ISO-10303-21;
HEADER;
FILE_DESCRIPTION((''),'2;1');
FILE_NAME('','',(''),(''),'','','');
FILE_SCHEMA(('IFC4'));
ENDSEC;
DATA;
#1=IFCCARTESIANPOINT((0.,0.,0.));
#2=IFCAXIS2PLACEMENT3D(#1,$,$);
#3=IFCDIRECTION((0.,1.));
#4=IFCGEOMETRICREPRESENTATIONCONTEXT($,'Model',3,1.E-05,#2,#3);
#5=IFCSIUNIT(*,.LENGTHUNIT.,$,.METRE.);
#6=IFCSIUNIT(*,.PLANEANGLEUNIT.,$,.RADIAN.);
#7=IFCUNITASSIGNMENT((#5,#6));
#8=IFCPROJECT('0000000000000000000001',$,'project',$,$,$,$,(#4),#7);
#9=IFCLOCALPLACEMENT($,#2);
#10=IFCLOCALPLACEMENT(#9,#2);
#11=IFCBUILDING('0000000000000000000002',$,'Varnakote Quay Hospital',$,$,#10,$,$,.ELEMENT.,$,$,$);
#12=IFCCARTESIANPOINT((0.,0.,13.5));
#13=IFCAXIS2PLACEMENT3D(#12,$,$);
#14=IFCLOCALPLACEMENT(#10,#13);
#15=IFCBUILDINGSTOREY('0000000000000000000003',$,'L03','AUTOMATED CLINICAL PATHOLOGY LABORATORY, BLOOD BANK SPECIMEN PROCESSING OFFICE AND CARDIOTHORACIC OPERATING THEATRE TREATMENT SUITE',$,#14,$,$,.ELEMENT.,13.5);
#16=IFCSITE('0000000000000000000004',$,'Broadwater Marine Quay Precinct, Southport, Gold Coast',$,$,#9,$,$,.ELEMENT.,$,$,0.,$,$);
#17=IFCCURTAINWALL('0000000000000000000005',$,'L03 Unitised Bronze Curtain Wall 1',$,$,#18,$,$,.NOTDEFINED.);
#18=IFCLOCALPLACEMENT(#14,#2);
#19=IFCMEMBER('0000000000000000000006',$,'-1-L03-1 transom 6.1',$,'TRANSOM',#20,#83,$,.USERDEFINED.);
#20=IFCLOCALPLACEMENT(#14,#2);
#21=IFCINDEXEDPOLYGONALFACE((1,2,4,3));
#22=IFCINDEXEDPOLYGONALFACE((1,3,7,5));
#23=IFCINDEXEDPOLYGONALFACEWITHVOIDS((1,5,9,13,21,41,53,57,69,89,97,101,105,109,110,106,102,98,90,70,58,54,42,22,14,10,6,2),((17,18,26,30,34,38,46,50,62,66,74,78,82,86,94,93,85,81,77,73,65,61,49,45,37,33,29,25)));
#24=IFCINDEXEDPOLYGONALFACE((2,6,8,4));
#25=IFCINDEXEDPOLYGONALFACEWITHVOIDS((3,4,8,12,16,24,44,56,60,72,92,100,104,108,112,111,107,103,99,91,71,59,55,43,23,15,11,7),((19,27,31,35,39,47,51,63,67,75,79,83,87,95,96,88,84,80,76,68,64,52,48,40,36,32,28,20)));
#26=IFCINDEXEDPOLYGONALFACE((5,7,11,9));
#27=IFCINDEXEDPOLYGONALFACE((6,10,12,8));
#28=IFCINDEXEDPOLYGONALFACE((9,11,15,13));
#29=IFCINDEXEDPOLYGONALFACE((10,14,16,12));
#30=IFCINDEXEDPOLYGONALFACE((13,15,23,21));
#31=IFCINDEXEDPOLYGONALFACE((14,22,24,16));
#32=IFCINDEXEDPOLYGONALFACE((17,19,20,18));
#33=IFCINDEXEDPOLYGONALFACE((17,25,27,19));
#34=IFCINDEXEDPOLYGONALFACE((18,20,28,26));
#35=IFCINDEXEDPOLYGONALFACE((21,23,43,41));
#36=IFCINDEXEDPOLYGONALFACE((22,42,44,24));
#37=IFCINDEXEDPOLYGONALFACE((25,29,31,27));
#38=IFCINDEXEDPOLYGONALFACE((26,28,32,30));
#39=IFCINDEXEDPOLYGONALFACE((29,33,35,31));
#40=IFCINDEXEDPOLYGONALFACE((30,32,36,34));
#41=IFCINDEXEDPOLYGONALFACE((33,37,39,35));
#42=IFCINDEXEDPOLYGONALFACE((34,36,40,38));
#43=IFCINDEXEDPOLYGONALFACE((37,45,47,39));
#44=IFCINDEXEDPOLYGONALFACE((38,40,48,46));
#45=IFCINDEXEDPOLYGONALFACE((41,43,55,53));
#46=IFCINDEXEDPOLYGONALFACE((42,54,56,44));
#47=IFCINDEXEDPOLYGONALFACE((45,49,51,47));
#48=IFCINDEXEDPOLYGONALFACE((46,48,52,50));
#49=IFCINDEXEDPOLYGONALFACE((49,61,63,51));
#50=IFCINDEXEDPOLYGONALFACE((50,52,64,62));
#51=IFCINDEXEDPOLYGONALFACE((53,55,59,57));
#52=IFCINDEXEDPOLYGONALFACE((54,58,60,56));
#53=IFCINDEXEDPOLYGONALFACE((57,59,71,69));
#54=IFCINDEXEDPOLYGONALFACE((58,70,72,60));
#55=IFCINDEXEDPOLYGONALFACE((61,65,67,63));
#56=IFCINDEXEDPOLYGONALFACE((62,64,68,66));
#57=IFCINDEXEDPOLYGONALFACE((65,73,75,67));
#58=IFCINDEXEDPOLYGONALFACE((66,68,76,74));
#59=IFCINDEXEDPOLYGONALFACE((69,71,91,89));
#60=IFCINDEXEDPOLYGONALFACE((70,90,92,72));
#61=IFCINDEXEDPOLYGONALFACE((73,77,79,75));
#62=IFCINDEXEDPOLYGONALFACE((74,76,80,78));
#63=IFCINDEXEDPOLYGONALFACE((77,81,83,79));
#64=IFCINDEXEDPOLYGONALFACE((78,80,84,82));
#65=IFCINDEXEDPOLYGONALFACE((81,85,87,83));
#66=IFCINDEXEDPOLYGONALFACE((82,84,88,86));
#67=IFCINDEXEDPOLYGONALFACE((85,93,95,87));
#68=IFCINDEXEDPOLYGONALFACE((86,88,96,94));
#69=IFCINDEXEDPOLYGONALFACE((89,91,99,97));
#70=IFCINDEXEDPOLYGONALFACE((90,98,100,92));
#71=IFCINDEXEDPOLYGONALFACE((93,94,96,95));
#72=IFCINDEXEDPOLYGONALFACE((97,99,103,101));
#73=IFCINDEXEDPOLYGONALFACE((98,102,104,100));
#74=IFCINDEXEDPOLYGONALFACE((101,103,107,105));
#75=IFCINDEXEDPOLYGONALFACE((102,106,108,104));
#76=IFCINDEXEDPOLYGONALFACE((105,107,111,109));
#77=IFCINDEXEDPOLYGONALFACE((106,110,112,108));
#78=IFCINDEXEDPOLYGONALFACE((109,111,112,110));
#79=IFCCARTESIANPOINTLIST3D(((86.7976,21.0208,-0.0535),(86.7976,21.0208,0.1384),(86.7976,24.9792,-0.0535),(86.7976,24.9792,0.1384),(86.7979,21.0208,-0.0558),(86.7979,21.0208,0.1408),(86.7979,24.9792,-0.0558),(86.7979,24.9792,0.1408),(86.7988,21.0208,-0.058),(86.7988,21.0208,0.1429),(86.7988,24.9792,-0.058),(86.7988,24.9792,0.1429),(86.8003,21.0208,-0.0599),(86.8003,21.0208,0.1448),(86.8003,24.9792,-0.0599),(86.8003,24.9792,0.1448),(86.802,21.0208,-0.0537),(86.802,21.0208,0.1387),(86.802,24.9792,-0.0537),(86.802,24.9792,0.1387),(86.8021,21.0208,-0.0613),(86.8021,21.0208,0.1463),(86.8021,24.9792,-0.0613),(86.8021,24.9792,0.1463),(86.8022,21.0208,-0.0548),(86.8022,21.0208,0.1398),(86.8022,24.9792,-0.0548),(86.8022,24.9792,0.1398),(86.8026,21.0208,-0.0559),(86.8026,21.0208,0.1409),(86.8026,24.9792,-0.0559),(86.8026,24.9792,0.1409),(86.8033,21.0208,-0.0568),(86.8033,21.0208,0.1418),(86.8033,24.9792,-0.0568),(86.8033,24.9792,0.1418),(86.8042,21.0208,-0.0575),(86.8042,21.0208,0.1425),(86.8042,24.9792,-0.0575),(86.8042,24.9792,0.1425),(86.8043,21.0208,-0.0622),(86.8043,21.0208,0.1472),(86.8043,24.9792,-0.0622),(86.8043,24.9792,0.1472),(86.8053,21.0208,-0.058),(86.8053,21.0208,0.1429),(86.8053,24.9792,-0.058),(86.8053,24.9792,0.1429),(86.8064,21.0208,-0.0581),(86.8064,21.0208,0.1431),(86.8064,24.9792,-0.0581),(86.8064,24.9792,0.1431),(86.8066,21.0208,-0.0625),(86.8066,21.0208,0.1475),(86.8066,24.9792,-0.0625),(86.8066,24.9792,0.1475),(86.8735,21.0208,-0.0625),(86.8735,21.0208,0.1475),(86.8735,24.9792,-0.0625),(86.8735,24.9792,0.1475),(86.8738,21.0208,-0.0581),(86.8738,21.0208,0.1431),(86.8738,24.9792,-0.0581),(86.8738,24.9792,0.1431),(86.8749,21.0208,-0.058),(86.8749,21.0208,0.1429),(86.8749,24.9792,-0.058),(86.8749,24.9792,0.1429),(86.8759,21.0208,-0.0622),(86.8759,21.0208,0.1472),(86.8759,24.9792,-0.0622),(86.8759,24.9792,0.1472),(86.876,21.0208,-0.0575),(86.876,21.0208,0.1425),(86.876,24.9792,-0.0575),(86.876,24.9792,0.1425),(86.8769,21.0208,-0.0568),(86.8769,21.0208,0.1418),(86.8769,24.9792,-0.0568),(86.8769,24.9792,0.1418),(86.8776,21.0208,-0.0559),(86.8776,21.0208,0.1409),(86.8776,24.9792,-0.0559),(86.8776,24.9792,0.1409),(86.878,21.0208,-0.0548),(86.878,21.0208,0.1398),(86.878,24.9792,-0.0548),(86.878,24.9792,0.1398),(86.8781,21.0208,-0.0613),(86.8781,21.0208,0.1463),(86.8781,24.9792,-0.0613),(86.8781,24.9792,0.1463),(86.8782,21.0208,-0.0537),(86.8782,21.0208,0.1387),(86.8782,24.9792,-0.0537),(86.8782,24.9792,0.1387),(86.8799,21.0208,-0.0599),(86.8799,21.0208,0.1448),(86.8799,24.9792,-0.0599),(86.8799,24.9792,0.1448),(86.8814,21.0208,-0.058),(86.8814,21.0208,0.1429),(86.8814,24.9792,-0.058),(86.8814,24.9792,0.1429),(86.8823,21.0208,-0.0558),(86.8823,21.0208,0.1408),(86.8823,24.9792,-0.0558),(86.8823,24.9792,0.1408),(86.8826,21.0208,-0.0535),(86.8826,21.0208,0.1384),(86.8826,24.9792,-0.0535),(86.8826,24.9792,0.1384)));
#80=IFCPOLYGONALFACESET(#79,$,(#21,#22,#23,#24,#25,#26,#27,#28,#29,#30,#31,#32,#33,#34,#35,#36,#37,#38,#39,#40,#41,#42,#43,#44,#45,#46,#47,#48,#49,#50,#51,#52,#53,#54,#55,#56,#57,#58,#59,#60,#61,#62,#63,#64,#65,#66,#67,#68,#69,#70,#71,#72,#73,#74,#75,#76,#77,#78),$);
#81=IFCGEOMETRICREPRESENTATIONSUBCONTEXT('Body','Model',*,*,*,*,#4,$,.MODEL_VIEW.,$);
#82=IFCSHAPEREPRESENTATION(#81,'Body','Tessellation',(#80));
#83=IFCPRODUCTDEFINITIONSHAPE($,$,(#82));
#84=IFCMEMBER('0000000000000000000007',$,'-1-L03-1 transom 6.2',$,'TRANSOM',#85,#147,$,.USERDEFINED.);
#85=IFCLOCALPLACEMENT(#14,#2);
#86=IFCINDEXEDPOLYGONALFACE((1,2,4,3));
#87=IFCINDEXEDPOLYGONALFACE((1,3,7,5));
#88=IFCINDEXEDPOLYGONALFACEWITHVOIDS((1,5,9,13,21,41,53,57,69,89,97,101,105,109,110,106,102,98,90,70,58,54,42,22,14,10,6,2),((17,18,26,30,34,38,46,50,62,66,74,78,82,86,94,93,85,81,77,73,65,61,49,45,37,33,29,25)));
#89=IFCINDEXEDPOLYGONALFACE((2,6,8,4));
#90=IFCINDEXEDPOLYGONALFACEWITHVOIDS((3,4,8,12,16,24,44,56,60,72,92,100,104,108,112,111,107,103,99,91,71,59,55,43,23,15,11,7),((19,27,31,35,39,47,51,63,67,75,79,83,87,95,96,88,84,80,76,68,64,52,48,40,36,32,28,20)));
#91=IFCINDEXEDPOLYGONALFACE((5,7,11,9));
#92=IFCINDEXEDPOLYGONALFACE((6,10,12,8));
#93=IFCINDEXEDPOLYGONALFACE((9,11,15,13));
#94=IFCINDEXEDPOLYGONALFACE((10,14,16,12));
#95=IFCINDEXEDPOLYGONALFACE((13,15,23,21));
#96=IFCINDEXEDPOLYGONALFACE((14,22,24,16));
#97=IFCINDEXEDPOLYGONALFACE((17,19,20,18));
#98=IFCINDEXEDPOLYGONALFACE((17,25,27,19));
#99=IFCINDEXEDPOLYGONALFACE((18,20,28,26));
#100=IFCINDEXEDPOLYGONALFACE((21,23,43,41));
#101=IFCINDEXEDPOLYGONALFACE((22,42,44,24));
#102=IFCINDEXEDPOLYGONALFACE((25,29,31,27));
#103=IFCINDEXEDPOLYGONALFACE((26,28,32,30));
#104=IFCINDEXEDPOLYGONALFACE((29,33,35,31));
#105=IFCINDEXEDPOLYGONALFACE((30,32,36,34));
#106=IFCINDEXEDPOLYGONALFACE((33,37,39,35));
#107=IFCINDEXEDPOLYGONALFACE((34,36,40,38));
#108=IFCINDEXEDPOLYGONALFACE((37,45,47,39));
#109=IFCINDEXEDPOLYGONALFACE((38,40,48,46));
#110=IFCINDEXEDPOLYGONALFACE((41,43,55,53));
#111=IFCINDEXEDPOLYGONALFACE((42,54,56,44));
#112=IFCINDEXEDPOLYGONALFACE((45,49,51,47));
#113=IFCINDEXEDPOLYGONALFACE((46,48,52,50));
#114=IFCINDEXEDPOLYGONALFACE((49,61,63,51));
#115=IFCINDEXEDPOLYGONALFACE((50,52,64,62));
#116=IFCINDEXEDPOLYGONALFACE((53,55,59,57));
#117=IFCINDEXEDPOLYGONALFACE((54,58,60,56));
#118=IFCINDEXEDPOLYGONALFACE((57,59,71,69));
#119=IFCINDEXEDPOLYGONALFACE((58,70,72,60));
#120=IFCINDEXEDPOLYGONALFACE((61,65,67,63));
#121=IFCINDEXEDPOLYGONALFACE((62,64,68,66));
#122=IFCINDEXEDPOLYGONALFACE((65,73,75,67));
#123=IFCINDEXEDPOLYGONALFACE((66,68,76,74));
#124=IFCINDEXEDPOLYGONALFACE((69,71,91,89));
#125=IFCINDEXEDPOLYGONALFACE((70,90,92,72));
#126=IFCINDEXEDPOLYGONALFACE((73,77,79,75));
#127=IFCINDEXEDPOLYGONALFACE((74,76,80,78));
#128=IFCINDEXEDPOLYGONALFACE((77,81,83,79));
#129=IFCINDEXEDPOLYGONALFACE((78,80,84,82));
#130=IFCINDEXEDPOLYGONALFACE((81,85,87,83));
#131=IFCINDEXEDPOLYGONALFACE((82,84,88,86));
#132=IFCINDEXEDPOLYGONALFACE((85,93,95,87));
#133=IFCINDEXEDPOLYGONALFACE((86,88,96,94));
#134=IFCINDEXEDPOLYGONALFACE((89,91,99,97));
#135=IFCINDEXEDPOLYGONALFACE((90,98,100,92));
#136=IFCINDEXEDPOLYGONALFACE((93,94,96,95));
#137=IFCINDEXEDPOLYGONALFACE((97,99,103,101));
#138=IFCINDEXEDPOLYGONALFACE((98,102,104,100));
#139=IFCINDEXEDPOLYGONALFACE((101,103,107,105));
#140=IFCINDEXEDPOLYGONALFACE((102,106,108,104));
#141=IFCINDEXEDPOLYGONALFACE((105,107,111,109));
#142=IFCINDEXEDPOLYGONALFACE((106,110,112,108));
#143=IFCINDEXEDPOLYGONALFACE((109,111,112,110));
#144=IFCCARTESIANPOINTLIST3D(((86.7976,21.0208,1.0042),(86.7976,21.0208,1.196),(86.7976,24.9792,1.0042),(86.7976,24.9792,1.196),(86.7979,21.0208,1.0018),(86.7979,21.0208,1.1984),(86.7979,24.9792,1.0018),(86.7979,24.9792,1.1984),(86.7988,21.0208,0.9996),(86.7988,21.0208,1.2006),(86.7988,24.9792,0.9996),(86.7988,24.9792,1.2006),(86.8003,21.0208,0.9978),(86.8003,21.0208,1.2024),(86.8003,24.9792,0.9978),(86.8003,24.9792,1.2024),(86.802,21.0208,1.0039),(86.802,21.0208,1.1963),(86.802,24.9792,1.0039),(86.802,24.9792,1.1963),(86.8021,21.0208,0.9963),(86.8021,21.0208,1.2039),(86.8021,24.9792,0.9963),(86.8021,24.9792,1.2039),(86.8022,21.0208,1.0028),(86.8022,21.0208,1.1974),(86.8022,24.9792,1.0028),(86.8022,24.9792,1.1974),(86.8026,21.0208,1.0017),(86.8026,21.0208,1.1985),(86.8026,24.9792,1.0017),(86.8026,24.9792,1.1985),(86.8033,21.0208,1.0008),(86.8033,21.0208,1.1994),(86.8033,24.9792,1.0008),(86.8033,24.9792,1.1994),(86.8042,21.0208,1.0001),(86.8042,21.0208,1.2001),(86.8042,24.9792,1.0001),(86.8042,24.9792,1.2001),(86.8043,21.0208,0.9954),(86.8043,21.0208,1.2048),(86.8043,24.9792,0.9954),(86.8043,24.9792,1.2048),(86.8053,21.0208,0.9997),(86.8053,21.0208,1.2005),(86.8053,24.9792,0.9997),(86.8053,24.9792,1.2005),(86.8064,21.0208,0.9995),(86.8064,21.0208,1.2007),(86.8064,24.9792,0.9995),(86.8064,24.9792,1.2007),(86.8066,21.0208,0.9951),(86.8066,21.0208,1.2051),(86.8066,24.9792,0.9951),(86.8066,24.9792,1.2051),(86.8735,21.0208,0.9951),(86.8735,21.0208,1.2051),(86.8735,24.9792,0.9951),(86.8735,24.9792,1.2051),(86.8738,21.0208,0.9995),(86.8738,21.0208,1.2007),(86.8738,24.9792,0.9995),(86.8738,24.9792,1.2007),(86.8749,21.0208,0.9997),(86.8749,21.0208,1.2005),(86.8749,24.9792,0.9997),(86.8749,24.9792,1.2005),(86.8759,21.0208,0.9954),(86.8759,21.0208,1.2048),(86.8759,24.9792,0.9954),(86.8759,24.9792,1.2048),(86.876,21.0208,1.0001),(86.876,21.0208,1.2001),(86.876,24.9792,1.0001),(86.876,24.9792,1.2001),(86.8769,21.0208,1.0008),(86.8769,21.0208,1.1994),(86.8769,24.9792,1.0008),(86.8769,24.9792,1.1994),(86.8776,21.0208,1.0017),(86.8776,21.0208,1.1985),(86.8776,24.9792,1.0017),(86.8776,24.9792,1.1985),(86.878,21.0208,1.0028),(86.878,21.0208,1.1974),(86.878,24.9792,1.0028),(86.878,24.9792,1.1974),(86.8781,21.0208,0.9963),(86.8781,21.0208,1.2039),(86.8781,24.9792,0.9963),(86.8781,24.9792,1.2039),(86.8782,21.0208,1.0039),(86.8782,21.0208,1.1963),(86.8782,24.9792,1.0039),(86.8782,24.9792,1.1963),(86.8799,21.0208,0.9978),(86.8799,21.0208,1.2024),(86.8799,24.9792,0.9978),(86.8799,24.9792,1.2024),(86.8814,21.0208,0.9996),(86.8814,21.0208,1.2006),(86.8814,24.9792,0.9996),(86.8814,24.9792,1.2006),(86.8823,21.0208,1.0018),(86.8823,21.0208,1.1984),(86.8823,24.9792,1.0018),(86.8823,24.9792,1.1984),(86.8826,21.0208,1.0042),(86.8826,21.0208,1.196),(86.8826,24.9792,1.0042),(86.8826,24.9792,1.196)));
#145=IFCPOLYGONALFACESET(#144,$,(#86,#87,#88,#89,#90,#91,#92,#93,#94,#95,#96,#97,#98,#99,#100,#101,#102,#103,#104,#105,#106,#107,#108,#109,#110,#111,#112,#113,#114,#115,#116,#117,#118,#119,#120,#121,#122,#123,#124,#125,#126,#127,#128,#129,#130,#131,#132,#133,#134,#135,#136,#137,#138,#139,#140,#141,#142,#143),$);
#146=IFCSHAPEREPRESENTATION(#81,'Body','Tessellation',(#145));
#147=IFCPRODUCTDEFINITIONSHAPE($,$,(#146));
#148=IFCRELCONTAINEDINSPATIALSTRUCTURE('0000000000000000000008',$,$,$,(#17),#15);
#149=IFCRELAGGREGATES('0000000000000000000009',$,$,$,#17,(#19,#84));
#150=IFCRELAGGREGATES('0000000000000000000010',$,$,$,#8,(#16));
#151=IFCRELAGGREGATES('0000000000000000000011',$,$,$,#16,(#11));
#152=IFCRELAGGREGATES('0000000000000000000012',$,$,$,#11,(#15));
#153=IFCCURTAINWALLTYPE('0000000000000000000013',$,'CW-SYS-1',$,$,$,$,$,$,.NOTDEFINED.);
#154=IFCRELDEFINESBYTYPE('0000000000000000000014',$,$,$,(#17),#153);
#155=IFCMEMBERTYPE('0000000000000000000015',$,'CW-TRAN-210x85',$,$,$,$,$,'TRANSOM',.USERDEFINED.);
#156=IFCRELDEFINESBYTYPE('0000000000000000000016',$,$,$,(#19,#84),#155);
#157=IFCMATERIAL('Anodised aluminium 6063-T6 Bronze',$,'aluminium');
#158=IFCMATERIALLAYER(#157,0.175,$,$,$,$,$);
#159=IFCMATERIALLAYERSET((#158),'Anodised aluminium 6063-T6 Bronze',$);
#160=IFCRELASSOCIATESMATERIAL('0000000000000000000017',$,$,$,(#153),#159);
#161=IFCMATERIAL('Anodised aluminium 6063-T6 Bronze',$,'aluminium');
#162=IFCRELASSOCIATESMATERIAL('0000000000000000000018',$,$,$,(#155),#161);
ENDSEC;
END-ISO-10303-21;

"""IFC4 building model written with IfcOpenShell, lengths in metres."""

from ifc_helpers import new_model, si_unit, direction, frame, origin, origin_2d, place, context, subcontext, project, spatial, hollow_rectangle, extrude, material, layer, layer_set, material_profile, profile_set, type_object, element, aggregate, save


model = new_model("IFC4")

# Units and contexts
model_context = context("Model", 3, precision=1e-05, world=origin(), true_north=direction((0.0, 1.0)))
body_context = subcontext(model_context, "Body", "Model", "MODEL_VIEW")
ifc_project = project(units=[si_unit("LENGTHUNIT", "METRE"), si_unit("PLANEANGLEUNIT", "RADIAN")], contexts=[model_context])

# Site, building, storey
site_placement = place(None, origin())
site = spatial("IfcSite", under=ifc_project, at=site_placement, Name="Broadwater Marine Quay Precinct, Southport, Gold Coast", CompositionType="ELEMENT", RefElevation=0.0)
building_placement = place(site_placement, origin())
building = spatial("IfcBuilding", under=site, at=building_placement, Name="Varnakote Quay Hospital", CompositionType="ELEMENT")
storey_placement = place(building_placement, frame((0.0, 0.0, 13.5)))
storey = spatial("IfcBuildingStorey", under=building, at=storey_placement, Name="L03", Description="AUTOMATED CLINICAL PATHOLOGY LABORATORY, BLOOD BANK SPECIMEN PROCESSING OFFICE AND CARDIOTHORACIC OPERATING THEATRE TREATMENT SUITE", CompositionType="ELEMENT", Elevation=13.5)

# Curtain wall, members
ifc_material_1 = material(Name="Anodised aluminium 6063-T6 Bronze", Category="aluminium")
ifc_layer_1 = layer(ifc_material_1, 0.175)
ifc_layer_set_1 = layer_set([ifc_layer_1], Name="Anodised aluminium 6063-T6 Bronze")
curtain_wall_type = type_object("IfcCurtainWallType", Name="CW-SYS-1", PredefinedType="NOTDEFINED", material=ifc_layer_set_1)
curtain_wall_placement = place(storey_placement, origin())
curtain_wall = element("IfcCurtainWall", 1, at=curtain_wall_placement, inside=storey, type_object=curtain_wall_type, Name="L03 Unitised Bronze Curtain Wall 1", PredefinedType="NOTDEFINED")
ifc_material_2 = material(Name="Anodised aluminium 6063-T6 Bronze", Category="aluminium")
ifc_material_profile_1 = material_profile(ifc_material_2, hollow_rectangle(XDim=0.085, YDim=0.21, WallThickness=0.0044, InnerFilletRadius=0.0044, OuterFilletRadius=0.009, at=origin_2d()), Name="CW-TRAN-210x85")
ifc_profile_set_1 = profile_set([ifc_material_profile_1], Name="Anodised aluminium 6063-T6 Bronze")
member_type_1 = type_object("IfcMemberType", Name="CW-TRAN-210x85", ElementType="TRANSOM", PredefinedType="USERDEFINED", material=ifc_profile_set_1)
member_1_placement = place(storey_placement, frame((86.8401, 21.0208, 0.0425), z_axis=(0.0, 1.0, 0.0), x_axis=(-1.0, 0.0, 0.0)))
member_1 = element("IfcMember", 2, at=member_1_placement, type_object=member_type_1, Name="-1-L03-1 transom 6.1", ObjectType="TRANSOM", PredefinedType="USERDEFINED", context=body_context, shape_type="SweptSolid", body=[
    extrude(hollow_rectangle(XDim=0.085, YDim=0.21, WallThickness=0.0044, InnerFilletRadius=0.0044, OuterFilletRadius=0.009, at=origin_2d()), origin(), (0.0, 0.0, 1.0), 3.9585),
])
member_2_placement = place(storey_placement, frame((86.8401, 21.0208, 1.1001), z_axis=(0.0, 1.0, 0.0), x_axis=(-1.0, 0.0, 0.0)))
member_2 = element("IfcMember", 3, at=member_2_placement, type_object=member_type_1, Name="-1-L03-1 transom 6.2", ObjectType="TRANSOM", PredefinedType="USERDEFINED", context=body_context, shape_type="SweptSolid", body=[
    extrude(hollow_rectangle(XDim=0.085, YDim=0.21, WallThickness=0.0044, InnerFilletRadius=0.0044, OuterFilletRadius=0.009, at=origin_2d()), origin(), (0.0, 0.0, 1.0), 3.9585),
])
aggregate(curtain_wall, [member_1, member_2])

save(model, "model.ifc")
